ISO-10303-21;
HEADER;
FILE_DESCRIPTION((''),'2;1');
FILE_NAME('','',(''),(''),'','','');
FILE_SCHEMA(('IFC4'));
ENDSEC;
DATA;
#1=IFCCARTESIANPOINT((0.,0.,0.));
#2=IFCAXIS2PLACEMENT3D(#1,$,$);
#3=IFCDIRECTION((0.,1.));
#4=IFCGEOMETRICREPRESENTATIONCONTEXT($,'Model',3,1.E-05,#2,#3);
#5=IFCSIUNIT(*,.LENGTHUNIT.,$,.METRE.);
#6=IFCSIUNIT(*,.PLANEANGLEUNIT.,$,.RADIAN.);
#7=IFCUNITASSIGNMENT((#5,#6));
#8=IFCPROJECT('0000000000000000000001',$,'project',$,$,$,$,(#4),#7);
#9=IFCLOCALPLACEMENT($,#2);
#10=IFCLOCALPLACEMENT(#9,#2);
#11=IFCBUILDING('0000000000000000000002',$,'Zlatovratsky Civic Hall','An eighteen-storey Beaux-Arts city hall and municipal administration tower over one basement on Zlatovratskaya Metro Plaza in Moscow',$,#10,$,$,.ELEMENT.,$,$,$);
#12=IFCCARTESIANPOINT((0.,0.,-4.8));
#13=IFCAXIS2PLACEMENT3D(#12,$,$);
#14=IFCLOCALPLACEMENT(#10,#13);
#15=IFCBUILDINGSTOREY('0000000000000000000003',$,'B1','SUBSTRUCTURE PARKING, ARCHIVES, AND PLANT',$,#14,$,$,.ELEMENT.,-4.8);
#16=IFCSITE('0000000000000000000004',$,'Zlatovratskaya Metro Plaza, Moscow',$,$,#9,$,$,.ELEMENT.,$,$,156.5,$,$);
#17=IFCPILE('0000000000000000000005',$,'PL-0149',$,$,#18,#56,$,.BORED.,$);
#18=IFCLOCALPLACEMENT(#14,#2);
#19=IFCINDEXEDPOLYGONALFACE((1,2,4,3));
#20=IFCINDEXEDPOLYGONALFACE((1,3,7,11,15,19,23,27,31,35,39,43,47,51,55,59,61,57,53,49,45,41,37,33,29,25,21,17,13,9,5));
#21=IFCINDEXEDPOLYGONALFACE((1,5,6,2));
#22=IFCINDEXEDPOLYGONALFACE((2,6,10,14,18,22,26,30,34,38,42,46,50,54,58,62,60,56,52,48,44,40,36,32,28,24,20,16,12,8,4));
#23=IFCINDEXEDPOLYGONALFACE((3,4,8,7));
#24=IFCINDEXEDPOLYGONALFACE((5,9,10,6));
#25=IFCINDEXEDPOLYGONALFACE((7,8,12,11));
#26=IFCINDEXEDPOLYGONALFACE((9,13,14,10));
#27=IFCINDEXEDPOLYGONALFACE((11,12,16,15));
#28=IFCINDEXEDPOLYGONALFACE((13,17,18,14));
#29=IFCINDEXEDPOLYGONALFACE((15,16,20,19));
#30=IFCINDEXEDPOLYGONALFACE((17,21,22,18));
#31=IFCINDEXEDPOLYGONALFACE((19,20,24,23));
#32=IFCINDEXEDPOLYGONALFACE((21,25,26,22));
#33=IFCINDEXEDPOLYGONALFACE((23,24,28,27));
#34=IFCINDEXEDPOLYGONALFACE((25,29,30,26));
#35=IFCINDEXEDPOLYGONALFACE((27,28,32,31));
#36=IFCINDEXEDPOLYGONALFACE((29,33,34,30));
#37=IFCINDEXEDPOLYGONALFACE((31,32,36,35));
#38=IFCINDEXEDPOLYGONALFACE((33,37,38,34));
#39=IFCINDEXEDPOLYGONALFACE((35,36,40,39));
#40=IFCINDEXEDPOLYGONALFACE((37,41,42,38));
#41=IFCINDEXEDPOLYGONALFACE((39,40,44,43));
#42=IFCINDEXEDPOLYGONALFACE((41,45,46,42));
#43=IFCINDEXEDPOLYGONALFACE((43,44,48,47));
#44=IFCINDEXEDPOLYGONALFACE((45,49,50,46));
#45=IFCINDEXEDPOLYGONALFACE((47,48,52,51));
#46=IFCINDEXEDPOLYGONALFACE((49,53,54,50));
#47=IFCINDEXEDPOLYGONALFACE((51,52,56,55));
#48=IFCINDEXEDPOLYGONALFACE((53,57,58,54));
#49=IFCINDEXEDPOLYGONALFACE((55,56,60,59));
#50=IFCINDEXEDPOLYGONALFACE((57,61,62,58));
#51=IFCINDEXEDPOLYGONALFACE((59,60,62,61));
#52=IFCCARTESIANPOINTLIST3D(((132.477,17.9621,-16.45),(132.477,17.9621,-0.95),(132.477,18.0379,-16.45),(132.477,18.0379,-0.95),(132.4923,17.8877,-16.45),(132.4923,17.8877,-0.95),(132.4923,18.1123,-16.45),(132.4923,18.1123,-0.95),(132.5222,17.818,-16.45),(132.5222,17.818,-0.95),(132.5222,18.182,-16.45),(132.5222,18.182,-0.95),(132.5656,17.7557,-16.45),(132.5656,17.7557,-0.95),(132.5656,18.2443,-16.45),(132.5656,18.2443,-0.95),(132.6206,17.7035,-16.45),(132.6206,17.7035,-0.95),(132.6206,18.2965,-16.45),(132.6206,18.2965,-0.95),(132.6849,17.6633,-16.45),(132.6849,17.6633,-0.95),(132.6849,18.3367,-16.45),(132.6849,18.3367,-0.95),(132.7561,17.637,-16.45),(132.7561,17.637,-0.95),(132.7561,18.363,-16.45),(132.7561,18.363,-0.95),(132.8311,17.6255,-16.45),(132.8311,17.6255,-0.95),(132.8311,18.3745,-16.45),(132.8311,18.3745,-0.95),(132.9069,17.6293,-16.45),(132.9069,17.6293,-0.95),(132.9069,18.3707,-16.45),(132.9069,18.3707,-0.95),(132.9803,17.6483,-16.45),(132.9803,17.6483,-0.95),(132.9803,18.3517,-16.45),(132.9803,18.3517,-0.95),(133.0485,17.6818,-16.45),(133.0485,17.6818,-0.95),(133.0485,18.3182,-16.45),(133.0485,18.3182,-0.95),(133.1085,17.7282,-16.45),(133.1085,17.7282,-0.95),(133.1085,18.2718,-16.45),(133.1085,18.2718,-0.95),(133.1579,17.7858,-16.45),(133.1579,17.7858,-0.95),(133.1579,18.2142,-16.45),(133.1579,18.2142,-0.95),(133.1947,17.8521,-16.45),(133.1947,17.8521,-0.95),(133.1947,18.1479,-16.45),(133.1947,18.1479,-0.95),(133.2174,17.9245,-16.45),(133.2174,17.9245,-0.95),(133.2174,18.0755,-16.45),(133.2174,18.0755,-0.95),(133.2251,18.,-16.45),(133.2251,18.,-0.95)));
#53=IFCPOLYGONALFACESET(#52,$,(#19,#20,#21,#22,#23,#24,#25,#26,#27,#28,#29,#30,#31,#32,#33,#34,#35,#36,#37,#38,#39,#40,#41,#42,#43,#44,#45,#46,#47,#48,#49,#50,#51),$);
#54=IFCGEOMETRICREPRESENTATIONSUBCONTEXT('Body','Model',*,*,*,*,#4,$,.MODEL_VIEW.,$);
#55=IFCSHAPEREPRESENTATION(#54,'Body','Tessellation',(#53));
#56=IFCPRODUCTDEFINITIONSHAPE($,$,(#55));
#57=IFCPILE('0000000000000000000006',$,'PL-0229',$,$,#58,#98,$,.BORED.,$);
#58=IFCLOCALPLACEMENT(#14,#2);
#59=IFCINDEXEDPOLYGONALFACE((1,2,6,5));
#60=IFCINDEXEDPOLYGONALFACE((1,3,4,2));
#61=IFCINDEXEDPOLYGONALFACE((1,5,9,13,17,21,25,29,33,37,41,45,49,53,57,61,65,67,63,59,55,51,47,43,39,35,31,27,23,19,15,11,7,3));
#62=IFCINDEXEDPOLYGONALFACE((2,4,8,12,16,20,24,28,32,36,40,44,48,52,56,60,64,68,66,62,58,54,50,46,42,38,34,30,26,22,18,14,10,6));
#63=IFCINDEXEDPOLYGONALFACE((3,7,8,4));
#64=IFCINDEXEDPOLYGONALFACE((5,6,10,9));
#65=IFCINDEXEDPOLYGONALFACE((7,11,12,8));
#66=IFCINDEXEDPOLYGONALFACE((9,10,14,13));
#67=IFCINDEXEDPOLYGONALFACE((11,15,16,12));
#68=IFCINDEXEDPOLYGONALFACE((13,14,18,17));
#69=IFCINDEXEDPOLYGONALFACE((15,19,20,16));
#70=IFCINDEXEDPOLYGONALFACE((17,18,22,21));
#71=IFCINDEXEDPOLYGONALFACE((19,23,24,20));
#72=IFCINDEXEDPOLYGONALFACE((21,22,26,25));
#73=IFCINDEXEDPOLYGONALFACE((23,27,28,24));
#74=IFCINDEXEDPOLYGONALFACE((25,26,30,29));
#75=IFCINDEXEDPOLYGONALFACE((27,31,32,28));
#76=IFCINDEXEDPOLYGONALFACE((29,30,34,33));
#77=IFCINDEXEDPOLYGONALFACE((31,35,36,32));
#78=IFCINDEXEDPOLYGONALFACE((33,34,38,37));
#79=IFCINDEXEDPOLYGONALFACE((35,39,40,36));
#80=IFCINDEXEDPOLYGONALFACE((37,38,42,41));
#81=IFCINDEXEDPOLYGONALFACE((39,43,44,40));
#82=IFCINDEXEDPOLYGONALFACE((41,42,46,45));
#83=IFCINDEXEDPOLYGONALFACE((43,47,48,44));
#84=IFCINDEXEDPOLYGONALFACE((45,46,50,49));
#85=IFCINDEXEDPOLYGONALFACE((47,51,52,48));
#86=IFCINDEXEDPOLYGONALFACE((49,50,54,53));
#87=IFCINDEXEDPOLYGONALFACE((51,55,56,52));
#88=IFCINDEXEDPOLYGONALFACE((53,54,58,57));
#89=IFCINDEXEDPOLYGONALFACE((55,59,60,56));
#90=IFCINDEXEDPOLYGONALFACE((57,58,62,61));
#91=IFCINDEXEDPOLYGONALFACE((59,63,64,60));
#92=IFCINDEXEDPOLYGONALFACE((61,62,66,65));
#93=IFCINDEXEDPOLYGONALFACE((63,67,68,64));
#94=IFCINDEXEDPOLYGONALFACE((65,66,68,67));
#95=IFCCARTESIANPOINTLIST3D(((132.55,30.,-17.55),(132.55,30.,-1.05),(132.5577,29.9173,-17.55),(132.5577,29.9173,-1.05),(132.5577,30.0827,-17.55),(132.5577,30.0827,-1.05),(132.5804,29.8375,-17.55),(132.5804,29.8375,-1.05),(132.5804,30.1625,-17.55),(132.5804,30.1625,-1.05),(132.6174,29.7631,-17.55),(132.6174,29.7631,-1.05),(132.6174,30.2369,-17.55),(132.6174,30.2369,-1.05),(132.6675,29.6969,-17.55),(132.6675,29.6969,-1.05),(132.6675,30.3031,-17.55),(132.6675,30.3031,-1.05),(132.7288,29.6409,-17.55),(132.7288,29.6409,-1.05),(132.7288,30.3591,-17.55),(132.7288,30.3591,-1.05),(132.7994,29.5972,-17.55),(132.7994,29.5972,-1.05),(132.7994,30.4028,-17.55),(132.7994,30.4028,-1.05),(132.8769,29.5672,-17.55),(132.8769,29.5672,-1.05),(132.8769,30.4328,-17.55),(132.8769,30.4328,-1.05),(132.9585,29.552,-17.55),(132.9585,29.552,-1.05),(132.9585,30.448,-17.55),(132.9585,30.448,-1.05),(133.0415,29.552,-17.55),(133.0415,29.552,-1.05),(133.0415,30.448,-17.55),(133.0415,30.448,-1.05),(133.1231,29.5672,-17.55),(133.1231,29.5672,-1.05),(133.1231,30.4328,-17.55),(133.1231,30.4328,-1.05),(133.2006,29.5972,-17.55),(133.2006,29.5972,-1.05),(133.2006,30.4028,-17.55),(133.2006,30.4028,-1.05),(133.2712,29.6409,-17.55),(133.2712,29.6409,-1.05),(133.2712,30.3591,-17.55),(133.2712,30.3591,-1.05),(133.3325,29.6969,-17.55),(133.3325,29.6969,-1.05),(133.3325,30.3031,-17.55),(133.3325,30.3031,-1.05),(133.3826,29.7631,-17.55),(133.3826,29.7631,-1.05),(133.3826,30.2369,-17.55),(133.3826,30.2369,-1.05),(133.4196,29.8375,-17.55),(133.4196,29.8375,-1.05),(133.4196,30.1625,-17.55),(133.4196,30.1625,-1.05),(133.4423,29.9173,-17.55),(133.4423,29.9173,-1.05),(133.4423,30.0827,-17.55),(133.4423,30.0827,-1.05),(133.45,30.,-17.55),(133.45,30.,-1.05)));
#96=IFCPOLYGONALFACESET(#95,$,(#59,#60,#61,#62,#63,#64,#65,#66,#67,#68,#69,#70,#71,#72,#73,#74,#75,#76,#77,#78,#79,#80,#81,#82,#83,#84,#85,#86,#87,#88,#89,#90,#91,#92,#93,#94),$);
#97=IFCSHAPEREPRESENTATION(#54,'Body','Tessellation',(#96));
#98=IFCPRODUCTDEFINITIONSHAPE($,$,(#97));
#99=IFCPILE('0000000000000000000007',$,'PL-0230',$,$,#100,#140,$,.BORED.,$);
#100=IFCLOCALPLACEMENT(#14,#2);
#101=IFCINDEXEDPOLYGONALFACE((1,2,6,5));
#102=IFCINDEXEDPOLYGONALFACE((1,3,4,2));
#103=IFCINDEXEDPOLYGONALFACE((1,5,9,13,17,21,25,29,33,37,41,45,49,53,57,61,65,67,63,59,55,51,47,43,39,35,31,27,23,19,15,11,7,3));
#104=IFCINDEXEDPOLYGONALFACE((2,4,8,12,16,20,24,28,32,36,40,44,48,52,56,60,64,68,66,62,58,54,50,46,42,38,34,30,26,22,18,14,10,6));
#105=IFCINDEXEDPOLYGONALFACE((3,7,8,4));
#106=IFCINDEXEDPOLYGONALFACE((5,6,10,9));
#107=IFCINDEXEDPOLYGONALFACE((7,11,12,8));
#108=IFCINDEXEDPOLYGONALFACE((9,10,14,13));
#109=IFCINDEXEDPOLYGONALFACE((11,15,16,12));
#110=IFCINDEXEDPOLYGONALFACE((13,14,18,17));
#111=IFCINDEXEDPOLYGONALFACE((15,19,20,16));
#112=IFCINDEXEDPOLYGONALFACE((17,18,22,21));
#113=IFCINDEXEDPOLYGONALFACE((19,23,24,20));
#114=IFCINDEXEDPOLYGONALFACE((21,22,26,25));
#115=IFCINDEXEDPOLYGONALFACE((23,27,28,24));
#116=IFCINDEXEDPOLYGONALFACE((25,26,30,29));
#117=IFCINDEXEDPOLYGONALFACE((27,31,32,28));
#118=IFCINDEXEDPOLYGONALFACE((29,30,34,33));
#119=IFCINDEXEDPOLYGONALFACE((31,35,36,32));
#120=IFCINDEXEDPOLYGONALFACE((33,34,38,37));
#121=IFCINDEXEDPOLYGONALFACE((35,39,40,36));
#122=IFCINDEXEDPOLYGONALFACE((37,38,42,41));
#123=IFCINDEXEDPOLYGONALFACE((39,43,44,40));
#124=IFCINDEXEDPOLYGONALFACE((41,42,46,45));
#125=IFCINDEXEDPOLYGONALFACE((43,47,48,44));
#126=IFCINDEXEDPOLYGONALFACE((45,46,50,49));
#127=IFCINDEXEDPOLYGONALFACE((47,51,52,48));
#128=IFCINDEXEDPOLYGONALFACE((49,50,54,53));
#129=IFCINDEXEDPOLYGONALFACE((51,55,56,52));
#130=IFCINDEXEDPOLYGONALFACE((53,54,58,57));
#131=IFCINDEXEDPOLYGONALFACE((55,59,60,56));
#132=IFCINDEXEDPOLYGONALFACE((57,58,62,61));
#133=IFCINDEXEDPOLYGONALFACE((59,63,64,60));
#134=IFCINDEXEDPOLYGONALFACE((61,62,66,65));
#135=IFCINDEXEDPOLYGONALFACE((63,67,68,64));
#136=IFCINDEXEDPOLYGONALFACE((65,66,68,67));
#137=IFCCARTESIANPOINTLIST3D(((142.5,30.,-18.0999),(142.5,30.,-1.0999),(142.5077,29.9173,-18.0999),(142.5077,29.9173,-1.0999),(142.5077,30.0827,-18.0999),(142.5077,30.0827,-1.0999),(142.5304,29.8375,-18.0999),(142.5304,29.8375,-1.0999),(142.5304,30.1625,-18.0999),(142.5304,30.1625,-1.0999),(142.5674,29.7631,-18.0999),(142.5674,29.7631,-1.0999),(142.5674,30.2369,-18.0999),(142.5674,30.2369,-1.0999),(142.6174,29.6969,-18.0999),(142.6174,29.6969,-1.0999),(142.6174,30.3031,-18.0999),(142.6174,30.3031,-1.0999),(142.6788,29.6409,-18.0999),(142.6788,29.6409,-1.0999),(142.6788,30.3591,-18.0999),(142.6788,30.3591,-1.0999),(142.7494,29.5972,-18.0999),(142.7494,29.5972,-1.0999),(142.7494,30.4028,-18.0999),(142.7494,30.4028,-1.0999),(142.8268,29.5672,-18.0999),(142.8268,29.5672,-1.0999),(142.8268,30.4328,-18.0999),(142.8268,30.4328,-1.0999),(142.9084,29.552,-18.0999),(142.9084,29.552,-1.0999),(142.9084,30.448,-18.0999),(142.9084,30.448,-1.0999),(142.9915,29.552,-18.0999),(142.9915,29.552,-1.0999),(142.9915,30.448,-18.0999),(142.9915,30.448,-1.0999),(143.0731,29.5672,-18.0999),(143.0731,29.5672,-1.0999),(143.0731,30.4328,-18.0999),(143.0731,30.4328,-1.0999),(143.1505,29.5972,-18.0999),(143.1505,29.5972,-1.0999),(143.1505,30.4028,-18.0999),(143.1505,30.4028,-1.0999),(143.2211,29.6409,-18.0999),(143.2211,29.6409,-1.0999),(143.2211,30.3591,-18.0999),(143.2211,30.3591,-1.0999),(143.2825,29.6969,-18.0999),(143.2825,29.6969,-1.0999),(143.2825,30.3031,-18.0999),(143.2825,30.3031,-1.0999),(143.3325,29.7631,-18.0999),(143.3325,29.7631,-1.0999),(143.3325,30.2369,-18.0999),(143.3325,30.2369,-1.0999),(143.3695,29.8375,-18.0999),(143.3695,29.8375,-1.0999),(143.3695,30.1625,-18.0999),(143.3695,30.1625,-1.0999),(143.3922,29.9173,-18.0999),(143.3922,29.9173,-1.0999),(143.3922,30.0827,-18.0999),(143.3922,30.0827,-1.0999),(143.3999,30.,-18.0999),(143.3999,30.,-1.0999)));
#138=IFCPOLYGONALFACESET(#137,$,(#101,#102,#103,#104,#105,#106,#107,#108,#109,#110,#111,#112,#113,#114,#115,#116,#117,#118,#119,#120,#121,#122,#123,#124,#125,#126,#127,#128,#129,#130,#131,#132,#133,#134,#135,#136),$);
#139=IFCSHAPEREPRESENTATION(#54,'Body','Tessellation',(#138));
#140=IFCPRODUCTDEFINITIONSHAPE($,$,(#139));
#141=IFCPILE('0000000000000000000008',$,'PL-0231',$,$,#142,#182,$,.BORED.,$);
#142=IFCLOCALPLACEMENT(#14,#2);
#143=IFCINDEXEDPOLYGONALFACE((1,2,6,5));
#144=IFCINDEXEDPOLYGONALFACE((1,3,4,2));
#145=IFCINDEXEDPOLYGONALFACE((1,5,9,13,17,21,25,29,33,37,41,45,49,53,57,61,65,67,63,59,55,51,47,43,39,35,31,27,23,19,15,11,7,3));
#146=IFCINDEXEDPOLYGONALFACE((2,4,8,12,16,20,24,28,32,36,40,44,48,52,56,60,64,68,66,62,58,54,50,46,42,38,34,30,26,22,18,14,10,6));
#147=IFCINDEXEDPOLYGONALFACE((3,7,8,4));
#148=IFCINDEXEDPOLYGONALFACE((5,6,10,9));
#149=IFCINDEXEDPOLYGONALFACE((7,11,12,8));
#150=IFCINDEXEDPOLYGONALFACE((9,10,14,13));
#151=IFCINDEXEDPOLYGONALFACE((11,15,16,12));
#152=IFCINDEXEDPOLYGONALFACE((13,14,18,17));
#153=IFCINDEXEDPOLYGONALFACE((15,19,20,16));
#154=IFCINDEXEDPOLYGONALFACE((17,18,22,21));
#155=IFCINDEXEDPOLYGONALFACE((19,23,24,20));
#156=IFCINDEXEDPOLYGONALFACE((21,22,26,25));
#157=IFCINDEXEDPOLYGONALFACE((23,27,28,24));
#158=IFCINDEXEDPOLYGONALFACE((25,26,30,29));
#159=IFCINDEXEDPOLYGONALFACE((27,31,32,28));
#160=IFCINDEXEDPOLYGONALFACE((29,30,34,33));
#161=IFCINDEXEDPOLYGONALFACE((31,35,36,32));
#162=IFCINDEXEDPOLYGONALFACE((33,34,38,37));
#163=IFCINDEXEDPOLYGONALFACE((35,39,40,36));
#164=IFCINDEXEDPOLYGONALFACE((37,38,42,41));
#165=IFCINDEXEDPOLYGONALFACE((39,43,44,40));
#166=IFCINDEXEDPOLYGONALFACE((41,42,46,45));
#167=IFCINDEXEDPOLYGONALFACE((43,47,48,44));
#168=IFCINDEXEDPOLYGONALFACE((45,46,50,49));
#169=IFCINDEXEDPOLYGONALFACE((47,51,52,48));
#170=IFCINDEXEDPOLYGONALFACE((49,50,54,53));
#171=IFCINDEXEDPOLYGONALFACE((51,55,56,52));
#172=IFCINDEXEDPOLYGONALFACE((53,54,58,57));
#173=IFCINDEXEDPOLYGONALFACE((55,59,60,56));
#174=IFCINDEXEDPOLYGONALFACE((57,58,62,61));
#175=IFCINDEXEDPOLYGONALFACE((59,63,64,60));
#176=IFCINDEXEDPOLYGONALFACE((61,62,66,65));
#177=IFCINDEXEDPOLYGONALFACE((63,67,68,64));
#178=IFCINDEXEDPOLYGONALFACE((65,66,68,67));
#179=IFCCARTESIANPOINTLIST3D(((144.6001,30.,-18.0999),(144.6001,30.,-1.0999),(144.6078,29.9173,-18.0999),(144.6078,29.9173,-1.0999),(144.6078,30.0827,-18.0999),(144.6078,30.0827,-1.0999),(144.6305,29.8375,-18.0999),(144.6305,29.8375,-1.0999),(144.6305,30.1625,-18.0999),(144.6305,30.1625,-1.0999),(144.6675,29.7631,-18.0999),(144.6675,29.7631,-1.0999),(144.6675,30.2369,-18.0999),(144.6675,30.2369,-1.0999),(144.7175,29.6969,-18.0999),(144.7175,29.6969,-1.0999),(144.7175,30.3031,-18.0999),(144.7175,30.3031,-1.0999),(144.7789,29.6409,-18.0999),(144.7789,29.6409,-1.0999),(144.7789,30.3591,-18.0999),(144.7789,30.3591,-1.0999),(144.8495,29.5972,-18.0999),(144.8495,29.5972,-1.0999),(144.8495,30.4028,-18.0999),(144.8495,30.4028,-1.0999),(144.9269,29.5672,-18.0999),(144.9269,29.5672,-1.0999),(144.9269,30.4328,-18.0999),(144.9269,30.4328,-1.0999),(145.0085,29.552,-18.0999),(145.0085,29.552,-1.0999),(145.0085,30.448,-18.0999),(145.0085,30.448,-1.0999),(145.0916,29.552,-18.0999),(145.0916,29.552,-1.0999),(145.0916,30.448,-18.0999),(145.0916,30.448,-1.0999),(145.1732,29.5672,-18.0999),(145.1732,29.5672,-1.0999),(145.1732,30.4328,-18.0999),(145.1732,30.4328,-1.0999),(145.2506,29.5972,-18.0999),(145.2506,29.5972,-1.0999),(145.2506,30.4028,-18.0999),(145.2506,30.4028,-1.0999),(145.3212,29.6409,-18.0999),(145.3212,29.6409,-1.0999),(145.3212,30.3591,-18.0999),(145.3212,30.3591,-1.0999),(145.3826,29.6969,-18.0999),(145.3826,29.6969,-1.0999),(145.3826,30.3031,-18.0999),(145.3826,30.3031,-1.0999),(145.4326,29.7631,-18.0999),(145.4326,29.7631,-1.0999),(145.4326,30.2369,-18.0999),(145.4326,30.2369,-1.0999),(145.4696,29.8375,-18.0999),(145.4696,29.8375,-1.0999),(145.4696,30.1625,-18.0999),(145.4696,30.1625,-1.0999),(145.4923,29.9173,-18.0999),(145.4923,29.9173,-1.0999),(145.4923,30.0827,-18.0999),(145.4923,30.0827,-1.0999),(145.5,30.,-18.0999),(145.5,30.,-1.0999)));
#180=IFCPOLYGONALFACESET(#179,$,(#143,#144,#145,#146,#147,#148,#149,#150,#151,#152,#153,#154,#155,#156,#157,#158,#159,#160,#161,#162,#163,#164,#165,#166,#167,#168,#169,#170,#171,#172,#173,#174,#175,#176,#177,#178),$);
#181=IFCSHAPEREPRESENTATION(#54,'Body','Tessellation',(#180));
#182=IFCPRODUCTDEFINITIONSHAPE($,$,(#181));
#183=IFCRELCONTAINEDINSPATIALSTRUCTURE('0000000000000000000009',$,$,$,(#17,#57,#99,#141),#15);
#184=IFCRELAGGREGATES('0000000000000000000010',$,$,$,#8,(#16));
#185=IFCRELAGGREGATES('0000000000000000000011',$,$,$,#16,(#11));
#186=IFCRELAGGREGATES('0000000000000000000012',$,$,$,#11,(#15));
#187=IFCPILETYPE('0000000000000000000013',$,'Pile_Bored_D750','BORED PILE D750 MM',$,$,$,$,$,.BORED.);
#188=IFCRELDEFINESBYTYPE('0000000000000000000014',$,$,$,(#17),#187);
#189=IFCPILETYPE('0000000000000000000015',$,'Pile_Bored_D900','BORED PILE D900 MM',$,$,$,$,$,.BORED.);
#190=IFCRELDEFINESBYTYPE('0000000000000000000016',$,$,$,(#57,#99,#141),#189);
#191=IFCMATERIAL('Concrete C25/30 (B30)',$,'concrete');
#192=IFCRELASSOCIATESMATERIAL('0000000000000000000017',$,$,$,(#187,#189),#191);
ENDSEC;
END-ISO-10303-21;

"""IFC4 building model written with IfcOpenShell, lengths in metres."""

from ifc_helpers import new_model, si_unit, direction, frame, origin, origin_2d, place, context, subcontext, project, spatial, circle, extrude, material, material_profile, profile_set, type_object, element, save


model = new_model("IFC4")

# Units and contexts
model_context = context("Model", 3, precision=1e-05, world=origin(), true_north=direction((0.0, 1.0)))
body_context = subcontext(model_context, "Body", "Model", "MODEL_VIEW")
ifc_project = project(units=[si_unit("LENGTHUNIT", "METRE"), si_unit("PLANEANGLEUNIT", "RADIAN")], contexts=[model_context])

# Site, building, storey
site_placement = place(None, origin())
site = spatial("IfcSite", under=ifc_project, at=site_placement, Name="Zlatovratskaya Metro Plaza, Moscow", CompositionType="ELEMENT", RefElevation=156.5)
building_placement = place(site_placement, origin())
building = spatial("IfcBuilding", under=site, at=building_placement, Name="Zlatovratsky Civic Hall", Description="An eighteen-storey Beaux-Arts city hall and municipal administration tower over one basement on Zlatovratskaya Metro Plaza in Moscow", CompositionType="ELEMENT")
storey_placement = place(building_placement, frame((0.0, 0.0, -4.8)))
storey = spatial("IfcBuildingStorey", under=building, at=storey_placement, Name="B1", Description="SUBSTRUCTURE PARKING, ARCHIVES, AND PLANT", CompositionType="ELEMENT", Elevation=-4.8)

# Shared definitions
ifc_material_1 = material(Name="Concrete C25/30 (B30)", Category="concrete")

# Piles
ifc_material_profile_1 = material_profile(ifc_material_1, circle(Radius=0.375, at=origin_2d()), Name="PILE D750")
ifc_profile_set_1 = profile_set([ifc_material_profile_1], Name="Concrete C25/30 (B30)")
pile_type_1 = type_object("IfcPileType", Name="Pile_Bored_D750", Description="BORED PILE D750 MM", PredefinedType="BORED", material=ifc_profile_set_1)
pile_1_placement = place(storey_placement, frame((132.8501, 18.0, -0.95), z_axis=(0.0, 0.0, -1.0), x_axis=(1.0, 0.0, 0.0)))
element("IfcPile", 1, at=pile_1_placement, inside=storey, type_object=pile_type_1, Name="PL-0149", PredefinedType="BORED", context=body_context, shape_type="SweptSolid", body=[
    extrude(circle(Radius=0.375, at=origin_2d()), origin(), (0.0, 0.0, 1.0), 15.5),
])
ifc_material_profile_2 = material_profile(ifc_material_1, circle(Radius=0.45, at=origin_2d()), Name="PILE D900")
ifc_profile_set_2 = profile_set([ifc_material_profile_2], Name="Concrete C25/30 (B30)")
pile_type_2 = type_object("IfcPileType", Name="Pile_Bored_D900", Description="BORED PILE D900 MM", PredefinedType="BORED", material=ifc_profile_set_2)
pile_2_placement = place(storey_placement, frame((133.0, 30.0, -1.05), z_axis=(0.0, 0.0, -1.0), x_axis=(1.0, 0.0, 0.0)))
element("IfcPile", 2, at=pile_2_placement, inside=storey, type_object=pile_type_2, Name="PL-0229", PredefinedType="BORED", context=body_context, shape_type="SweptSolid", body=[
    extrude(circle(Radius=0.45, at=origin_2d()), origin(), (0.0, 0.0, 1.0), 16.5),
])
for number, where, z_axis, x_axis, name in (
    (3, (142.95, 30.0, -1.0999), (0.0, 0.0, -1.0), (1.0, 0.0, 0.0), "PL-0230"),
    (4, (145.05, 30.0, -1.0999), (0.0, 0.0, -1.0), (1.0, 0.0, 0.0), "PL-0231"),
):
    element("IfcPile", number, at=place(storey_placement, frame(where, z_axis=z_axis, x_axis=x_axis)), inside=storey, type_object=pile_type_2, Name=name, PredefinedType="BORED", context=body_context, shape_type="SweptSolid", body=[
        extrude(circle(Radius=0.45, at=origin_2d()), origin(), (0.0, 0.0, 1.0), 17.0),
    ])

save(model, "model.ifc")
